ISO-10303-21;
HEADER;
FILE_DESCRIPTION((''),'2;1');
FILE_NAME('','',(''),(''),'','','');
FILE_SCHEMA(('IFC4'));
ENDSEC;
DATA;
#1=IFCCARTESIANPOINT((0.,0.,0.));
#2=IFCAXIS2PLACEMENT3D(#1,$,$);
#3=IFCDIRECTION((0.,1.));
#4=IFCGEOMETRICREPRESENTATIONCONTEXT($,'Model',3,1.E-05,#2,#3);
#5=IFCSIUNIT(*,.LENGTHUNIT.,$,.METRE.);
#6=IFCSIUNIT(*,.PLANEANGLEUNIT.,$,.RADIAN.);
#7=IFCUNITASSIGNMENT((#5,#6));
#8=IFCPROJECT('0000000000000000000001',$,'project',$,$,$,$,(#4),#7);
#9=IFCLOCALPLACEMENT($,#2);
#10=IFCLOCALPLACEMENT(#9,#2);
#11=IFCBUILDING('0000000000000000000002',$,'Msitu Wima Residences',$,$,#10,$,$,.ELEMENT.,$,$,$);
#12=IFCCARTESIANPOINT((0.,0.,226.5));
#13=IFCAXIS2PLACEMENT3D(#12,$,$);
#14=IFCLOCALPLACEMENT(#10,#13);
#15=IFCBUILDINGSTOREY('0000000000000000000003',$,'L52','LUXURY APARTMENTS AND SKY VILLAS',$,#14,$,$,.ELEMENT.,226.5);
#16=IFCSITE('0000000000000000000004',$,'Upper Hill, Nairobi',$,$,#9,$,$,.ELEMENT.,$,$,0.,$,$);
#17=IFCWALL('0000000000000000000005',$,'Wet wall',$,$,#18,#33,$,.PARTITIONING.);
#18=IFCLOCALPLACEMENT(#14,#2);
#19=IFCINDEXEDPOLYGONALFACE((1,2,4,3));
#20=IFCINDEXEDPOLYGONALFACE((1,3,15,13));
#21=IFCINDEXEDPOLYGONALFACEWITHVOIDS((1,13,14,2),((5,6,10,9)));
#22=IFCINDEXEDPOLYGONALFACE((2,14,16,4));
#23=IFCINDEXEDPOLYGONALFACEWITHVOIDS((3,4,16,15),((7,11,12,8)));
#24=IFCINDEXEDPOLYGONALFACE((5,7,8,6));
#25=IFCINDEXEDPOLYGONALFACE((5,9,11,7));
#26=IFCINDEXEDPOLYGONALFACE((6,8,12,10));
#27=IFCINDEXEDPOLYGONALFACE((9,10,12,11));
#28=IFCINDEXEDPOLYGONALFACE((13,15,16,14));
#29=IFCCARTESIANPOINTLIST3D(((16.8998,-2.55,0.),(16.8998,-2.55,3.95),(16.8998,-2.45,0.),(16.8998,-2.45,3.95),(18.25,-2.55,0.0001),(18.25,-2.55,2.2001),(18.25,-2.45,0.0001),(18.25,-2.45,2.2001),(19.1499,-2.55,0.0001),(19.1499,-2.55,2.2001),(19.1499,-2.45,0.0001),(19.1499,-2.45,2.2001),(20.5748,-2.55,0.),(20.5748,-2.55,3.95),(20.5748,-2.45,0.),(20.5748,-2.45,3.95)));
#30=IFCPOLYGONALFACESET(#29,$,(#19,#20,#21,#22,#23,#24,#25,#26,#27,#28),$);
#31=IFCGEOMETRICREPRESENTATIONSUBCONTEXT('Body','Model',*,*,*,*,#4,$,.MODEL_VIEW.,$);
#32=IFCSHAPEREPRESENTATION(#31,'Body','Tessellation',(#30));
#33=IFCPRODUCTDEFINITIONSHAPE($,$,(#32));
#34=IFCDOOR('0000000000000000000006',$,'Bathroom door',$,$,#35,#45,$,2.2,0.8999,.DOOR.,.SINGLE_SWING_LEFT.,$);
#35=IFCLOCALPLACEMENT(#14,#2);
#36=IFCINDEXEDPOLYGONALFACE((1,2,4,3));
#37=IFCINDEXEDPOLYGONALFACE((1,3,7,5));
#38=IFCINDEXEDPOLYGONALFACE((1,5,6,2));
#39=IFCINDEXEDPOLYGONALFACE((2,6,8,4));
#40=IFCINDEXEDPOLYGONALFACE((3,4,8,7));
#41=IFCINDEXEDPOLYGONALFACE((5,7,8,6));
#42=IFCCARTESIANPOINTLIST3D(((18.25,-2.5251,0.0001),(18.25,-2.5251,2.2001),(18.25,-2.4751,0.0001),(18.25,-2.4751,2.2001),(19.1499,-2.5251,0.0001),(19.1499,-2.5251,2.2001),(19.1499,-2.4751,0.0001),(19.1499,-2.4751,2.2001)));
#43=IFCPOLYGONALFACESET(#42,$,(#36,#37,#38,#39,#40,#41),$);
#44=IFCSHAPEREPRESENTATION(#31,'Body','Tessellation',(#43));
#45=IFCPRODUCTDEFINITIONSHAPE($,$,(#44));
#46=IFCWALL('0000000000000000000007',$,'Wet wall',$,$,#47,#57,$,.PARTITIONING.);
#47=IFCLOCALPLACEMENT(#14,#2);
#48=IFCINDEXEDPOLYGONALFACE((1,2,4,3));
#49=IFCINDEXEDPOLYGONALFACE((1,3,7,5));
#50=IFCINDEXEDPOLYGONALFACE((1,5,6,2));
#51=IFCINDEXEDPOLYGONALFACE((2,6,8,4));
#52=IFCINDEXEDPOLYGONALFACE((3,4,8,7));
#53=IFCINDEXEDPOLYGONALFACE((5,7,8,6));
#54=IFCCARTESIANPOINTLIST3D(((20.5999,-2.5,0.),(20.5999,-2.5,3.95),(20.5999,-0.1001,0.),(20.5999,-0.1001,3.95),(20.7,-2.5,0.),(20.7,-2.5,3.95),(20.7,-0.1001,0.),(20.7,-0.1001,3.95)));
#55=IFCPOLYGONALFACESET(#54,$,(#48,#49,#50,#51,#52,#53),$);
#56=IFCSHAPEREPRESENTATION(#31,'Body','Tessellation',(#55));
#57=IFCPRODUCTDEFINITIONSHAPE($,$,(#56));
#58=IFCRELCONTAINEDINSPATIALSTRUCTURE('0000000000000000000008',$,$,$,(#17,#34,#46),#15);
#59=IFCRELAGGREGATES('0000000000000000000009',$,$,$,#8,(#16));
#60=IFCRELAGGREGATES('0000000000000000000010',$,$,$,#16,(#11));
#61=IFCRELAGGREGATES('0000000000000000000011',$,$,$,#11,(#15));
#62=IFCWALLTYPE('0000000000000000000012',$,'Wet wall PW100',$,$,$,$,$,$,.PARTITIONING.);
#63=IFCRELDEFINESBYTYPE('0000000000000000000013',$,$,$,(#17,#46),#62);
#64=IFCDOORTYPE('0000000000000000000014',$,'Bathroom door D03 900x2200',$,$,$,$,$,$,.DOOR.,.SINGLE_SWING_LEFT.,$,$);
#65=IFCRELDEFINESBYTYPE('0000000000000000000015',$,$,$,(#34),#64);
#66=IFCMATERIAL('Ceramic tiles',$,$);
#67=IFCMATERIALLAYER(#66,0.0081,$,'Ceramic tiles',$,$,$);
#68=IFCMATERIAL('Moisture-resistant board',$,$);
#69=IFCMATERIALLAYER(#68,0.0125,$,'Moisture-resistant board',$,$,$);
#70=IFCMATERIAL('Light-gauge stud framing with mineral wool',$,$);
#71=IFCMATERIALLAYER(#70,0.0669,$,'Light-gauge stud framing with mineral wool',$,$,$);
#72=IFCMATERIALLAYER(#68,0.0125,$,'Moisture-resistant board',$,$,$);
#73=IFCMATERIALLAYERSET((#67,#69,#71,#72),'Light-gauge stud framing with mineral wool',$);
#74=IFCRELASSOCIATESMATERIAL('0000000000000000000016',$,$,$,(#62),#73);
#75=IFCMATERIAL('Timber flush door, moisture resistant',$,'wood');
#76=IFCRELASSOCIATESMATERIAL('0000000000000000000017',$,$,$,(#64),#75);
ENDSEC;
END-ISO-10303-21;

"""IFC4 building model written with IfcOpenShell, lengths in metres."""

from ifc_helpers import new_model, si_unit, direction, frame, frame_2d, origin, place, context, subcontext, project, spatial, rectangle, extrude, material, layer, layer_set, type_object, element, fill, save


model = new_model("IFC4")

# Units and contexts
model_context = context("Model", 3, precision=1e-05, world=origin(), true_north=direction((0.0, 1.0)))
body_context = subcontext(model_context, "Body", "Model", "MODEL_VIEW")
ifc_project = project(units=[si_unit("LENGTHUNIT", "METRE"), si_unit("PLANEANGLEUNIT", "RADIAN")], contexts=[model_context])

# Site, building, storey
site_placement = place(None, origin())
site = spatial("IfcSite", under=ifc_project, at=site_placement, Name="Upper Hill, Nairobi", CompositionType="ELEMENT", RefElevation=0.0)
building_placement = place(site_placement, origin())
building = spatial("IfcBuilding", under=site, at=building_placement, Name="Msitu Wima Residences", CompositionType="ELEMENT")
storey_placement = place(building_placement, frame((0.0, 0.0, 226.5)))
storey = spatial("IfcBuildingStorey", under=building, at=storey_placement, Name="L52", Description="LUXURY APARTMENTS AND SKY VILLAS", CompositionType="ELEMENT", Elevation=226.5)

# Wall, opening, door
ifc_material_1 = material(Name="Ceramic tiles")
ifc_layer_1 = layer(ifc_material_1, 0.0081, Name="Ceramic tiles")
ifc_material_2 = material(Name="Moisture-resistant board")
ifc_layer_2 = layer(ifc_material_2, 0.0125, Name="Moisture-resistant board")
ifc_material_3 = material(Name="Light-gauge stud framing with mineral wool")
ifc_layer_3 = layer(ifc_material_3, 0.0669, Name="Light-gauge stud framing with mineral wool")
ifc_layer_4 = layer(ifc_material_2, 0.0125, Name="Moisture-resistant board")
ifc_layer_set_1 = layer_set([ifc_layer_1, ifc_layer_2, ifc_layer_3, ifc_layer_4], Name="Light-gauge stud framing with mineral wool")
wall_type_1 = type_object("IfcWallType", Name="Wet wall PW100", PredefinedType="PARTITIONING", material=ifc_layer_set_1)
wall_1_placement = place(storey_placement, frame((16.8999, -2.5, 0.0), z_axis=(0.0, 0.0, 1.0), x_axis=(1.0, 0.0, 0.0)))
wall_1 = element("IfcWall", 1, at=wall_1_placement, inside=storey, type_object=wall_type_1, Name="Wet wall", PredefinedType="PARTITIONING", context=body_context, shape_type="SweptSolid", body=[
    extrude(rectangle(XDim=3.675, YDim=0.1001, at=frame_2d((1.8374, 0.0))), origin(), (0.0, 0.0, 1.0), 3.95),
])
opening_1_placement = place(wall_1_placement, frame((1.3501, 0.0, 0.0)))
opening_1 = element("IfcOpeningElement", 2, at=opening_1_placement, cuts=wall_1, PredefinedType="OPENING", context=body_context, shape_type="SweptSolid", body=[
    extrude(rectangle(XDim=0.8999, YDim=2.2, at=frame_2d((0.45, 1.1001))), frame((0.0, 0.0601, 0.0), z_axis=(0.0, -1.0, 0.0), x_axis=(1.0, 0.0, 0.0)), (0.0, 0.0, 1.0), 0.1201),
])
ifc_material_4 = material(Name="Timber flush door, moisture resistant", Category="wood")
door_type_1 = type_object("IfcDoorType", Name="Bathroom door D03 900x2200", OperationType="SINGLE_SWING_LEFT", PredefinedType="DOOR", material=ifc_material_4)
door_1_placement = place(opening_1_placement, origin())
door_1 = element("IfcDoor", 3, at=door_1_placement, inside=storey, type_object=door_type_1, Name="Bathroom door", OperationType="SINGLE_SWING_LEFT", OverallHeight=2.2, OverallWidth=0.8999, PredefinedType="DOOR", context=body_context, shape_type="SweptSolid", body=[
    extrude(rectangle(XDim=0.8999, YDim=2.2, at=frame_2d((0.45, 1.1001))), frame((0.0, 0.0249, 0.0), z_axis=(0.0, -1.0, 0.0), x_axis=(1.0, 0.0, 0.0)), (0.0, 0.0, 1.0), 0.05),
])
fill(opening_1, door_1)

# Wall
wall_2_placement = place(storey_placement, frame((20.6499, -2.5, 0.0), z_axis=(0.0, 0.0, 1.0), x_axis=(0.0, 1.0, 0.0)))
element("IfcWall", 4, at=wall_2_placement, inside=storey, type_object=wall_type_1, Name="Wet wall", PredefinedType="PARTITIONING", context=body_context, shape_type="SweptSolid", body=[
    extrude(rectangle(XDim=2.3999, YDim=0.1001, at=frame_2d((1.2, 0.0))), origin(), (0.0, 0.0, 1.0), 3.95),
])

save(model, "model.ifc")
